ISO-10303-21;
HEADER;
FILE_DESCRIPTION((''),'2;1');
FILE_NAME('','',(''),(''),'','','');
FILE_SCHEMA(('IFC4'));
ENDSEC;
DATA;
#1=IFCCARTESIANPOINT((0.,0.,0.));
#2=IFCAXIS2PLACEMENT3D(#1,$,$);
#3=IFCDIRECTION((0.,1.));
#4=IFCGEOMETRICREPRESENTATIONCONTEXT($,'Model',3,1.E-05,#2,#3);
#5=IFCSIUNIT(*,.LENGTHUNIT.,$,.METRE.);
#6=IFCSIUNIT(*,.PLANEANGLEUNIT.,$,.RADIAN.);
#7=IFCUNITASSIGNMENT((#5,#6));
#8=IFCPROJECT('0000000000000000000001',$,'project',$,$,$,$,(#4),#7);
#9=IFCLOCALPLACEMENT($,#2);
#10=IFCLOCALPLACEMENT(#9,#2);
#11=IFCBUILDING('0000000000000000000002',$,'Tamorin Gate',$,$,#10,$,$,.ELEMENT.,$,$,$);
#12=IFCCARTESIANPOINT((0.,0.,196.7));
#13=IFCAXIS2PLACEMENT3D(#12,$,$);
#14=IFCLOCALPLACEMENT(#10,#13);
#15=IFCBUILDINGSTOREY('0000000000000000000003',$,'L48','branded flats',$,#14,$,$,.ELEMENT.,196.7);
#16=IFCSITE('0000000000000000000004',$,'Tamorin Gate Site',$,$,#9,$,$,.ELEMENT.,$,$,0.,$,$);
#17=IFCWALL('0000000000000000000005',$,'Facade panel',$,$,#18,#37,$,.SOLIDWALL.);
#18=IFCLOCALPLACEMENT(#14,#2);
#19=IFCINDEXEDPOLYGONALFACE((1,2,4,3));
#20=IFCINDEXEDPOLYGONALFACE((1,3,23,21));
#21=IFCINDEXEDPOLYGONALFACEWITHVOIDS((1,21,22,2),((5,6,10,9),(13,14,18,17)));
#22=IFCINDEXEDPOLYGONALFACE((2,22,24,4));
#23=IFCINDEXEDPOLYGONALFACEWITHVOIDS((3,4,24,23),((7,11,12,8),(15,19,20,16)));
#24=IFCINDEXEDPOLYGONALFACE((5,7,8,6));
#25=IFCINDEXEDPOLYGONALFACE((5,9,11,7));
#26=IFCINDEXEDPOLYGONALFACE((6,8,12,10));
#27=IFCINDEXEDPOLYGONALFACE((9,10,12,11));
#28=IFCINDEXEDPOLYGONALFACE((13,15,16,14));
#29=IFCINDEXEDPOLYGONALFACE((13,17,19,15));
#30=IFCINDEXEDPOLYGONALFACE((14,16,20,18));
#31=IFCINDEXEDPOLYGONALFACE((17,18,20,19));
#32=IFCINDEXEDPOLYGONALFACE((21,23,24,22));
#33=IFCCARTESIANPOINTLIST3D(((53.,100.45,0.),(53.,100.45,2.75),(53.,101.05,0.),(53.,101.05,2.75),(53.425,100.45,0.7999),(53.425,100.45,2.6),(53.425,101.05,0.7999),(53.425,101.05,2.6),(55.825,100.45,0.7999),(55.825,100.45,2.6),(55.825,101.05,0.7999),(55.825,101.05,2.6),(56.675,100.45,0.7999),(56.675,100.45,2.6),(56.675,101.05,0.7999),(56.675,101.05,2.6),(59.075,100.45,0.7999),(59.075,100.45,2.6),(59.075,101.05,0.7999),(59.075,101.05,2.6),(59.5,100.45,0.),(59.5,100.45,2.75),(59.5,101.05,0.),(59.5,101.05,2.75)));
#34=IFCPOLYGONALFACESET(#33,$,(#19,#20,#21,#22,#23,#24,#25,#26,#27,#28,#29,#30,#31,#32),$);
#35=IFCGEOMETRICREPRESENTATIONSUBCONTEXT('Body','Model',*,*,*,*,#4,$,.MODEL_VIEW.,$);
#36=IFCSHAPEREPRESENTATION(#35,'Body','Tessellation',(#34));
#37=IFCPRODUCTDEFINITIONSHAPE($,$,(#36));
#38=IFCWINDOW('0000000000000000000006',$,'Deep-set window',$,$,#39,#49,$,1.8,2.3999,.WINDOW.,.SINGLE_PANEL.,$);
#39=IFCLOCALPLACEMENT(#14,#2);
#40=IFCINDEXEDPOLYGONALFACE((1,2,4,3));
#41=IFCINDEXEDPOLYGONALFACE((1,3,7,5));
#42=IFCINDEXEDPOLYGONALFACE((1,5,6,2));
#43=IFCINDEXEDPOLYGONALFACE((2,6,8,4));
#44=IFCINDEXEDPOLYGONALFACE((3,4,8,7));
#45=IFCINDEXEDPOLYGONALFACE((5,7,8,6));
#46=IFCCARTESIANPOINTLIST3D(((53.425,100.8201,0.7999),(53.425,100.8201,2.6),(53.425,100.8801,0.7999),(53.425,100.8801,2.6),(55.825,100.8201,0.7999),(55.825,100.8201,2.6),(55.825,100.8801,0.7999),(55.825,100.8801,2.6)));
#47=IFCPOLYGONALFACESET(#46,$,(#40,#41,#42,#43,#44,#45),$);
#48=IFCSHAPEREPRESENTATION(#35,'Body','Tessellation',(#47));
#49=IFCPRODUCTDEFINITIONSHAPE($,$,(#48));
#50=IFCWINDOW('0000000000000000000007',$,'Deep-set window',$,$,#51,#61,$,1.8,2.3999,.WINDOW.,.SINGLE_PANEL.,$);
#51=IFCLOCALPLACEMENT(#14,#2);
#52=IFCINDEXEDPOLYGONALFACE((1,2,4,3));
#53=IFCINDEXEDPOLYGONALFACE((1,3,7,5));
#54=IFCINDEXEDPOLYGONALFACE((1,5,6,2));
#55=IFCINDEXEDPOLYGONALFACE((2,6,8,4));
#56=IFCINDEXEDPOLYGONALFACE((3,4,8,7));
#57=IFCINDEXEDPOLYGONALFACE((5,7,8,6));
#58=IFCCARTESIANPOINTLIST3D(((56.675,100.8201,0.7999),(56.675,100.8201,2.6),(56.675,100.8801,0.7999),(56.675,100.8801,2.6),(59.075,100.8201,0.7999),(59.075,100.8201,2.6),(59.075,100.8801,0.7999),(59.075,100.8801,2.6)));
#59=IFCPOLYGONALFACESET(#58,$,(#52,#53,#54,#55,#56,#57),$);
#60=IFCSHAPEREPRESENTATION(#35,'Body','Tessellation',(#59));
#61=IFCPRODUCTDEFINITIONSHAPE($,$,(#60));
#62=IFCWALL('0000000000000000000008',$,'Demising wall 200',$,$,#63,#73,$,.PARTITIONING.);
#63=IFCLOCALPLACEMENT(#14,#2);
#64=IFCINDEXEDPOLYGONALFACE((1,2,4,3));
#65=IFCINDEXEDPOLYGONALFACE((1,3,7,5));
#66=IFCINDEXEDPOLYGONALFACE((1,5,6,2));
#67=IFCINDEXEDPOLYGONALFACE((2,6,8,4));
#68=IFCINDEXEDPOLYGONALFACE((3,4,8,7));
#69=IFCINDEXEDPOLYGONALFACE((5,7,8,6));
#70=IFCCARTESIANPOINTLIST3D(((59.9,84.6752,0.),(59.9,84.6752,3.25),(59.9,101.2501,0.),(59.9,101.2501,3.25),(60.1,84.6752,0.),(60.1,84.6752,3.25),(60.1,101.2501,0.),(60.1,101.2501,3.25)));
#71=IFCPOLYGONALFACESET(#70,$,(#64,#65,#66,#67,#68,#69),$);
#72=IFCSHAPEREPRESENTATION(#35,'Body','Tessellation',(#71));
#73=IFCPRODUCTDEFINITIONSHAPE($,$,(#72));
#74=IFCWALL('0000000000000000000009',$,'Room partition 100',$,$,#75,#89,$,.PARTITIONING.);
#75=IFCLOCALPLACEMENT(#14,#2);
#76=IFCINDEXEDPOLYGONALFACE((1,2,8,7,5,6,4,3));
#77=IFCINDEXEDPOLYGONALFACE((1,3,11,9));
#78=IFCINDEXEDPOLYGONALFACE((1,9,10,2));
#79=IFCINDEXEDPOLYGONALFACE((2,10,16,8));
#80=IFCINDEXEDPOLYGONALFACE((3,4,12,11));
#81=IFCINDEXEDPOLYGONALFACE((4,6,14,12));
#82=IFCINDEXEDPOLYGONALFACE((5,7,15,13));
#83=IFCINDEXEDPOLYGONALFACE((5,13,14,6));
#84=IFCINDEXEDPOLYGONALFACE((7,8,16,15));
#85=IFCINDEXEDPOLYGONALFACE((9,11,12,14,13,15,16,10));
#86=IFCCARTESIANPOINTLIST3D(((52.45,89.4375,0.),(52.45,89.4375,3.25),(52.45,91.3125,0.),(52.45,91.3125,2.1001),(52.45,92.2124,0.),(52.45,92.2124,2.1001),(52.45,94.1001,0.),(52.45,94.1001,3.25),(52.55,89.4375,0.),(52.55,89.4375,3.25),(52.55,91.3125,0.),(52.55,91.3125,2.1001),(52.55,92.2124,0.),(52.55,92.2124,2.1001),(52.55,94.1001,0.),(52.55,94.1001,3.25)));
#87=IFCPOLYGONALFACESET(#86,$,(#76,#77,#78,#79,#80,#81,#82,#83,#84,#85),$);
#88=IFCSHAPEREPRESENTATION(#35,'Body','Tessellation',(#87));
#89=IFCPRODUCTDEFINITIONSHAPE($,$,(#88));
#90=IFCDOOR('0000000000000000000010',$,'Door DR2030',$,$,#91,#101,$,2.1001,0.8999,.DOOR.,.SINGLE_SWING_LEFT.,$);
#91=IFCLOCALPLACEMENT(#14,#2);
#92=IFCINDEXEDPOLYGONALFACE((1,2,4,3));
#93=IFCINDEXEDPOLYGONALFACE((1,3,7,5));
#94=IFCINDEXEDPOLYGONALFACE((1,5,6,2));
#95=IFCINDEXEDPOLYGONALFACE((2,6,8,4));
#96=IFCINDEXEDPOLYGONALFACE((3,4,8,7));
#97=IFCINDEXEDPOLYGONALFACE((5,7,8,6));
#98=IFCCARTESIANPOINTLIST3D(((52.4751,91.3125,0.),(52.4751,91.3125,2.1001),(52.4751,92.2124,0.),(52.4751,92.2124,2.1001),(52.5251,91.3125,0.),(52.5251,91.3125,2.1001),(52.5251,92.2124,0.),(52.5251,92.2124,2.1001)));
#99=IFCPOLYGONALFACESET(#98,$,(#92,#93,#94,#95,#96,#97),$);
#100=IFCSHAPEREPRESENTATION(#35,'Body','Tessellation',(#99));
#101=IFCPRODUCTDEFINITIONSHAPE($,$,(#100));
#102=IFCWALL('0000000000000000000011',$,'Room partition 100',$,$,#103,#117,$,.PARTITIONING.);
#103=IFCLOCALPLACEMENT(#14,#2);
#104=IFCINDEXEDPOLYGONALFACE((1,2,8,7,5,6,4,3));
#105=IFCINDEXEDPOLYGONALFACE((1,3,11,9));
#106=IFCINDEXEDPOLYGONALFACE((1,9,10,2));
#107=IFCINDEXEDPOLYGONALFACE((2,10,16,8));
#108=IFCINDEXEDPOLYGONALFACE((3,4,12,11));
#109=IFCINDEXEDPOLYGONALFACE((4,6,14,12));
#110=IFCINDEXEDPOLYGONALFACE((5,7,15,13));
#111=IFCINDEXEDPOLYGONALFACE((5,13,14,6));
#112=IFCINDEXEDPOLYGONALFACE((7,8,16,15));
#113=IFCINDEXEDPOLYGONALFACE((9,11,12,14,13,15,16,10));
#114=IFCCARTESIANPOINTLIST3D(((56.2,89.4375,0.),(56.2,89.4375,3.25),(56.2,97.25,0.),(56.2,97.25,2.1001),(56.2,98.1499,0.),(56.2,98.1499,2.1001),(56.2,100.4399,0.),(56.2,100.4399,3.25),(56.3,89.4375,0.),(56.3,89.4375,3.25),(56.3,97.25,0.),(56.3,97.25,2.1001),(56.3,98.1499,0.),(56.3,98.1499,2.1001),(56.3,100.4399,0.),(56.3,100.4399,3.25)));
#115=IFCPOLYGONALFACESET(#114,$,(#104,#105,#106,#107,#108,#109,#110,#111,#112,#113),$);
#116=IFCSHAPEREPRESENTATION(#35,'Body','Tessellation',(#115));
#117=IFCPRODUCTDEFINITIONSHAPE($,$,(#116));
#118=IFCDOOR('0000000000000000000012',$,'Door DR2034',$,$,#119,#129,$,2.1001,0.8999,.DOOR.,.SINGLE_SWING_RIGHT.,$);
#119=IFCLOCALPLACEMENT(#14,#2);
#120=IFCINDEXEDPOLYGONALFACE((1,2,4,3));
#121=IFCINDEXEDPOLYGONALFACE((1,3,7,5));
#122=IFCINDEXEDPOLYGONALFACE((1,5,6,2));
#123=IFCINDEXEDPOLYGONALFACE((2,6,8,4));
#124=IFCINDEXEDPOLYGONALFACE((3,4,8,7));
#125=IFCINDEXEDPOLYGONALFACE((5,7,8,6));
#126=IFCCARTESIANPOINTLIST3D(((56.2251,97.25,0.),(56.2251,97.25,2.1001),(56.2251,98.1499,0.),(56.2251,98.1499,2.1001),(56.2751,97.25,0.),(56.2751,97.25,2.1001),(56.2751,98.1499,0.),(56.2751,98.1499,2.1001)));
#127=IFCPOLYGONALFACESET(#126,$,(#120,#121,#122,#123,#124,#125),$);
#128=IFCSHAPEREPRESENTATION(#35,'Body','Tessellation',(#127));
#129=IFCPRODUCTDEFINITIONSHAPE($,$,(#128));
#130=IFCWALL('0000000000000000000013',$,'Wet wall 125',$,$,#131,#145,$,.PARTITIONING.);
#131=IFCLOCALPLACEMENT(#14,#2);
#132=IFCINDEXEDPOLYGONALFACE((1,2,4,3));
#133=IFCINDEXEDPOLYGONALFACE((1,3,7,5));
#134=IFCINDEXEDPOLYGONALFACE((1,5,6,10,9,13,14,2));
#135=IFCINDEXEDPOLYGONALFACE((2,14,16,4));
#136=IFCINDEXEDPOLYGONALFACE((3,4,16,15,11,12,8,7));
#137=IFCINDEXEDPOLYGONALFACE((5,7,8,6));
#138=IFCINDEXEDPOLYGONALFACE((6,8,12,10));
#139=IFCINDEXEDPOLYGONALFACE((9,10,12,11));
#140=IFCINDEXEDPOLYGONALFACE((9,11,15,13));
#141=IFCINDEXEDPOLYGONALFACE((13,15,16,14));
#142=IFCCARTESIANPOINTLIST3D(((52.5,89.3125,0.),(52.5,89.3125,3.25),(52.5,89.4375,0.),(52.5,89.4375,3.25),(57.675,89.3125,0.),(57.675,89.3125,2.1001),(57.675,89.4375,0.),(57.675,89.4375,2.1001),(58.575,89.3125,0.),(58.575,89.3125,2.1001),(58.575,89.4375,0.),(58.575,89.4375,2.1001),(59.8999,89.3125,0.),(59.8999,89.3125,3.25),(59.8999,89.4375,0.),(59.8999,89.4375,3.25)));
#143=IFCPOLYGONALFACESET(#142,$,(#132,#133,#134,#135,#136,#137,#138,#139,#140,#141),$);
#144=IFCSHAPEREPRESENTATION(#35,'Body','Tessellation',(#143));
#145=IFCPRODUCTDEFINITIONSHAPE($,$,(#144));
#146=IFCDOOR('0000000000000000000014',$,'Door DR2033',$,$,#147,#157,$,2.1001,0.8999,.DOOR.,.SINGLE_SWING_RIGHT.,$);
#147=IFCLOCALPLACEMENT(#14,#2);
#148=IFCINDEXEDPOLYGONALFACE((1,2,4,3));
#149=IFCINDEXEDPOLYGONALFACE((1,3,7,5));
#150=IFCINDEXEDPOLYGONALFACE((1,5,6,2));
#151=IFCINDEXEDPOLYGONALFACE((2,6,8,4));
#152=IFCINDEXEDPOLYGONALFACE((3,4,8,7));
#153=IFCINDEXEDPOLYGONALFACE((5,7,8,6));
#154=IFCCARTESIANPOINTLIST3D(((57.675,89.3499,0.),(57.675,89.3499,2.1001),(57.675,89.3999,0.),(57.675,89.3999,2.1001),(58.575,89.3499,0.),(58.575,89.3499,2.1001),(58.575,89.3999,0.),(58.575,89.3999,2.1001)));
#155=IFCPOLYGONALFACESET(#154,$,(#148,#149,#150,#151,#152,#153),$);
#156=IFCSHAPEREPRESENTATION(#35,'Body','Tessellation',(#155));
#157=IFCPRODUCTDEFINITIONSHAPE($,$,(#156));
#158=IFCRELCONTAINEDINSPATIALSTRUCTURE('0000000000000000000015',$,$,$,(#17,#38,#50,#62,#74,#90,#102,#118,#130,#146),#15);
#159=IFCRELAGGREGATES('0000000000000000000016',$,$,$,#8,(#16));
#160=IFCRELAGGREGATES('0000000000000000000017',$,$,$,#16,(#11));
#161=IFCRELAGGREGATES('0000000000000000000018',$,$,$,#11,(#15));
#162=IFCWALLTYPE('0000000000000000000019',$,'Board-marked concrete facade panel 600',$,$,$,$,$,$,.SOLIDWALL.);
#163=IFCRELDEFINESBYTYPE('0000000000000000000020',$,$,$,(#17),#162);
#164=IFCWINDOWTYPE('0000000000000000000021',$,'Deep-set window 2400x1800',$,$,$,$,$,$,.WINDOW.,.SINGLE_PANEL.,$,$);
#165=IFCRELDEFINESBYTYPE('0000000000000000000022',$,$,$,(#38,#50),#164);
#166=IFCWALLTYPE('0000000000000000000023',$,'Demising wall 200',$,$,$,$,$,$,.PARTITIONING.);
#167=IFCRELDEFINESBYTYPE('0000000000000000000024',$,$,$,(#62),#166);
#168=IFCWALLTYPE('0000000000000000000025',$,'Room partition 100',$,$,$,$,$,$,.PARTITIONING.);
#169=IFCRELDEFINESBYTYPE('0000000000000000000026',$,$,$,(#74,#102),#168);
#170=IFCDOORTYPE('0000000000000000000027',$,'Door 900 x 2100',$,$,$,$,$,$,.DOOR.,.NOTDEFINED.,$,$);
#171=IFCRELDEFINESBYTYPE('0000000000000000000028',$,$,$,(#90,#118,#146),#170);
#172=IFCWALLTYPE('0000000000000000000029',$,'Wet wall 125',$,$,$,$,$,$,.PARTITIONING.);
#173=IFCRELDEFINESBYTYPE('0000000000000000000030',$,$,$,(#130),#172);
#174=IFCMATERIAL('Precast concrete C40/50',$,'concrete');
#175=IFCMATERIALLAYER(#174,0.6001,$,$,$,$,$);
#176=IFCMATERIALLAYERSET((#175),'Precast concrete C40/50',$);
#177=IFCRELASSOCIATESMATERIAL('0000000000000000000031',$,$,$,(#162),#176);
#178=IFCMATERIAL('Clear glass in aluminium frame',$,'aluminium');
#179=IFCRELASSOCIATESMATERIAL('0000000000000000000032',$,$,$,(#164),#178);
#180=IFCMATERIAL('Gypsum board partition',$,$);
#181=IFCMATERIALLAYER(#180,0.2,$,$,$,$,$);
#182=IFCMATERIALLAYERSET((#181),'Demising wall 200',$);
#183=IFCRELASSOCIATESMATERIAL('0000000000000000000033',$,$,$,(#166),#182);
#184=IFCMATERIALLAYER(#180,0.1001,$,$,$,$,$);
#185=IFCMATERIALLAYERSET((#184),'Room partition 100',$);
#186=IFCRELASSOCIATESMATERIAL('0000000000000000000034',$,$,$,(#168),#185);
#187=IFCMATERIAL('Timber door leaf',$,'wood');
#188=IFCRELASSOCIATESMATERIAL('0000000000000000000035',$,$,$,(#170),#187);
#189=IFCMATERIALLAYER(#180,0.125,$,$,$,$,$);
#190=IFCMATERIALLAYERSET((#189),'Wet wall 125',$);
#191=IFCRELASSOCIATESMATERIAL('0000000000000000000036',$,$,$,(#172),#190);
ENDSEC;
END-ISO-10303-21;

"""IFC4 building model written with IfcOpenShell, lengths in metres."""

from ifc_helpers import new_model, si_unit, direction, frame, frame_2d, origin, place, context, subcontext, project, spatial, rectangle, extrude, material, layer, layer_set, type_object, element, fill, save


model = new_model("IFC4")

# Units and contexts
model_context = context("Model", 3, precision=1e-05, world=origin(), true_north=direction((0.0, 1.0)))
body_context = subcontext(model_context, "Body", "Model", "MODEL_VIEW")
ifc_project = project(units=[si_unit("LENGTHUNIT", "METRE"), si_unit("PLANEANGLEUNIT", "RADIAN")], contexts=[model_context])

# Site, building, storey
site_placement = place(None, origin())
site = spatial("IfcSite", under=ifc_project, at=site_placement, Name="Tamorin Gate Site", CompositionType="ELEMENT", RefElevation=0.0)
building_placement = place(site_placement, origin())
building = spatial("IfcBuilding", under=site, at=building_placement, Name="Tamorin Gate", CompositionType="ELEMENT")
storey_placement = place(building_placement, frame((0.0, 0.0, 196.7)))
storey = spatial("IfcBuildingStorey", under=building, at=storey_placement, Name="L48", Description="branded flats", CompositionType="ELEMENT", Elevation=196.7)

# Wall, openings, windows
ifc_material_1 = material(Name="Precast concrete C40/50", Category="concrete")
ifc_layer_1 = layer(ifc_material_1, 0.6001)
ifc_layer_set_1 = layer_set([ifc_layer_1], Name="Precast concrete C40/50")
wall_type_1 = type_object("IfcWallType", Name="Board-marked concrete facade panel 600", PredefinedType="SOLIDWALL", material=ifc_layer_set_1)
ifc_material_2 = material(Name="Clear glass in aluminium frame", Category="aluminium")
window_type = type_object("IfcWindowType", Name="Deep-set window 2400x1800", PartitioningType="SINGLE_PANEL", PredefinedType="WINDOW", material=ifc_material_2)
wall_1_placement = place(storey_placement, frame((59.5, 100.75, 0.0), z_axis=(0.0, 0.0, 1.0), x_axis=(-1.0, 0.0, 0.0)))
wall_1 = element("IfcWall", 1, at=wall_1_placement, inside=storey, type_object=wall_type_1, Name="Facade panel", PredefinedType="SOLIDWALL", context=body_context, shape_type="SweptSolid", body=[
    extrude(rectangle(XDim=6.5, YDim=0.6001, at=frame_2d((3.25, 0.0))), origin(), (0.0, 0.0, 1.0), 2.75),
])
opening_1_placement = place(wall_1_placement, frame((3.675, 0.0, 0.8)))
opening_1 = element("IfcOpeningElement", 2, at=opening_1_placement, cuts=wall_1, PredefinedType="OPENING", context=body_context, shape_type="SweptSolid", body=[
    extrude(rectangle(XDim=2.3999, YDim=1.8, at=frame_2d((1.2, 0.8999))), frame((0.0, 0.3101, 0.0), z_axis=(0.0, -1.0, 0.0), x_axis=(1.0, 0.0, 0.0)), (0.0, 0.0, 1.0), 0.6201),
])
opening_2_placement = place(wall_1_placement, frame((0.425, 0.0, 0.8)))
opening_2 = element("IfcOpeningElement", 3, at=opening_2_placement, cuts=wall_1, PredefinedType="OPENING", context=body_context, shape_type="SweptSolid", body=[
    extrude(rectangle(XDim=2.3999, YDim=1.8, at=frame_2d((1.2, 0.8999))), frame((0.0, 0.3101, 0.0), z_axis=(0.0, -1.0, 0.0), x_axis=(1.0, 0.0, 0.0)), (0.0, 0.0, 1.0), 0.6201),
])
window_1_placement = place(opening_1_placement, origin())
window_1 = element("IfcWindow", 4, at=window_1_placement, inside=storey, type_object=window_type, Name="Deep-set window", OverallHeight=1.8, OverallWidth=2.3999, PartitioningType="SINGLE_PANEL", PredefinedType="WINDOW", context=body_context, shape_type="SweptSolid", body=[
    extrude(rectangle(XDim=2.3999, YDim=1.8, at=frame_2d((1.2, 0.8999))), frame((0.0, -0.0701, 0.0), z_axis=(0.0, -1.0, 0.0), x_axis=(1.0, 0.0, 0.0)), (0.0, 0.0, 1.0), 0.0601),
])
fill(opening_1, window_1)
window_2_placement = place(opening_2_placement, origin())
window_2 = element("IfcWindow", 5, at=window_2_placement, inside=storey, type_object=window_type, Name="Deep-set window", OverallHeight=1.8, OverallWidth=2.3999, PartitioningType="SINGLE_PANEL", PredefinedType="WINDOW", context=body_context, shape_type="SweptSolid", body=[
    extrude(rectangle(XDim=2.3999, YDim=1.8, at=frame_2d((1.2, 0.8999))), frame((0.0, -0.0701, 0.0), z_axis=(0.0, -1.0, 0.0), x_axis=(1.0, 0.0, 0.0)), (0.0, 0.0, 1.0), 0.0601),
])
fill(opening_2, window_2)

# Wall
ifc_material_3 = material(Name="Gypsum board partition")
ifc_layer_2 = layer(ifc_material_3, 0.2)
ifc_layer_set_2 = layer_set([ifc_layer_2], Name="Demising wall 200")
wall_type_2 = type_object("IfcWallType", Name="Demising wall 200", PredefinedType="PARTITIONING", material=ifc_layer_set_2)
wall_2_placement = place(storey_placement, frame((60.0, 84.675, 0.0), z_axis=(0.0, 0.0, 1.0), x_axis=(0.0, 1.0, 0.0)))
element("IfcWall", 6, at=wall_2_placement, inside=storey, type_object=wall_type_2, Name="Demising wall 200", PredefinedType="PARTITIONING", context=body_context, shape_type="SweptSolid", body=[
    extrude(rectangle(XDim=16.575, YDim=0.2, at=frame_2d((8.2876, 0.0))), origin(), (0.0, 0.0, 1.0), 3.25),
])

# Walls, openings, doors
ifc_layer_3 = layer(ifc_material_3, 0.1001)
ifc_layer_set_3 = layer_set([ifc_layer_3], Name="Room partition 100")
wall_type_3 = type_object("IfcWallType", Name="Room partition 100", PredefinedType="PARTITIONING", material=ifc_layer_set_3)
wall_3_placement = place(storey_placement, frame((52.5, 89.4375, 0.0), z_axis=(0.0, 0.0, 1.0), x_axis=(0.0, 1.0, 0.0)))
wall_3 = element("IfcWall", 7, at=wall_3_placement, inside=storey, type_object=wall_type_3, Name="Room partition 100", PredefinedType="PARTITIONING", context=body_context, shape_type="SweptSolid", body=[
    extrude(rectangle(XDim=4.6626, YDim=0.1001, at=frame_2d((2.3313, 0.0))), origin(), (0.0, 0.0, 1.0), 3.25),
])
opening_3_placement = place(wall_3_placement, frame((1.875, 0.0, 0.0)))
opening_3 = element("IfcOpeningElement", 8, at=opening_3_placement, cuts=wall_3, PredefinedType="OPENING", context=body_context, shape_type="SweptSolid", body=[
    extrude(rectangle(XDim=0.8999, YDim=2.1001, at=frame_2d((0.45, 1.05))), frame((0.0, 0.0601, 0.0), z_axis=(0.0, -1.0, 0.0), x_axis=(1.0, 0.0, 0.0)), (0.0, 0.0, 1.0), 0.1201),
])
ifc_material_4 = material(Name="Timber door leaf", Category="wood")
door_type = type_object("IfcDoorType", Name="Door 900 x 2100", OperationType="NOTDEFINED", PredefinedType="DOOR", material=ifc_material_4)
door_1_placement = place(opening_3_placement, origin())
door_1 = element("IfcDoor", 9, at=door_1_placement, inside=storey, type_object=door_type, Name="Door DR2030", OperationType="SINGLE_SWING_LEFT", OverallHeight=2.1001, OverallWidth=0.8999, PredefinedType="DOOR", context=body_context, shape_type="SweptSolid", body=[
    extrude(rectangle(XDim=0.8999, YDim=2.1001, at=frame_2d((0.45, 1.05))), frame((0.0, 0.0249, 0.0), z_axis=(0.0, -1.0, 0.0), x_axis=(1.0, 0.0, 0.0)), (0.0, 0.0, 1.0), 0.05),
])
fill(opening_3, door_1)
wall_4_placement = place(storey_placement, frame((56.25, 89.4375, 0.0), z_axis=(0.0, 0.0, 1.0), x_axis=(0.0, 1.0, 0.0)))
wall_4 = element("IfcWall", 10, at=wall_4_placement, inside=storey, type_object=wall_type_3, Name="Room partition 100", PredefinedType="PARTITIONING", context=body_context, shape_type="SweptSolid", body=[
    extrude(rectangle(XDim=11.0024, YDim=0.1001, at=frame_2d((5.5012, 0.0))), origin(), (0.0, 0.0, 1.0), 3.25),
])
opening_4_placement = place(wall_4_placement, frame((7.8125, 0.0, 0.0)))
opening_4 = element("IfcOpeningElement", 11, at=opening_4_placement, cuts=wall_4, PredefinedType="OPENING", context=body_context, shape_type="SweptSolid", body=[
    extrude(rectangle(XDim=0.8999, YDim=2.1001, at=frame_2d((0.45, 1.05))), frame((0.0, 0.0601, 0.0), z_axis=(0.0, -1.0, 0.0), x_axis=(1.0, 0.0, 0.0)), (0.0, 0.0, 1.0), 0.1201),
])
door_2_placement = place(opening_4_placement, origin())
door_2 = element("IfcDoor", 12, at=door_2_placement, inside=storey, type_object=door_type, Name="Door DR2034", OperationType="SINGLE_SWING_RIGHT", OverallHeight=2.1001, OverallWidth=0.8999, PredefinedType="DOOR", context=body_context, shape_type="SweptSolid", body=[
    extrude(rectangle(XDim=0.8999, YDim=2.1001, at=frame_2d((0.45, 1.05))), frame((0.0, 0.0249, 0.0), z_axis=(0.0, -1.0, 0.0), x_axis=(1.0, 0.0, 0.0)), (0.0, 0.0, 1.0), 0.05),
])
fill(opening_4, door_2)
ifc_layer_4 = layer(ifc_material_3, 0.125)
ifc_layer_set_4 = layer_set([ifc_layer_4], Name="Wet wall 125")
wall_type_4 = type_object("IfcWallType", Name="Wet wall 125", PredefinedType="PARTITIONING", material=ifc_layer_set_4)
wall_5_placement = place(storey_placement, frame((52.5, 89.375, 0.0), z_axis=(0.0, 0.0, 1.0), x_axis=(1.0, 0.0, 0.0)))
wall_5 = element("IfcWall", 13, at=wall_5_placement, inside=storey, type_object=wall_type_4, Name="Wet wall 125", PredefinedType="PARTITIONING", context=body_context, shape_type="SweptSolid", body=[
    extrude(rectangle(XDim=7.3999, YDim=0.125, at=frame_2d((3.7, 0.0))), origin(), (0.0, 0.0, 1.0), 3.25),
])
opening_5_placement = place(wall_5_placement, frame((5.175, 0.0, 0.0)))
opening_5 = element("IfcOpeningElement", 14, at=opening_5_placement, cuts=wall_5, PredefinedType="OPENING", context=body_context, shape_type="SweptSolid", body=[
    extrude(rectangle(XDim=0.8999, YDim=2.1001, at=frame_2d((0.45, 1.05))), frame((0.0, 0.0725, 0.0), z_axis=(0.0, -1.0, 0.0), x_axis=(1.0, 0.0, 0.0)), (0.0, 0.0, 1.0), 0.145),
])
door_3_placement = place(opening_5_placement, origin())
door_3 = element("IfcDoor", 15, at=door_3_placement, inside=storey, type_object=door_type, Name="Door DR2033", OperationType="SINGLE_SWING_RIGHT", OverallHeight=2.1001, OverallWidth=0.8999, PredefinedType="DOOR", context=body_context, shape_type="SweptSolid", body=[
    extrude(rectangle(XDim=0.8999, YDim=2.1001, at=frame_2d((0.45, 1.05))), frame((0.0, 0.0249, 0.0), z_axis=(0.0, -1.0, 0.0), x_axis=(1.0, 0.0, 0.0)), (0.0, 0.0, 1.0), 0.05),
])
fill(opening_5, door_3)

save(model, "model.ifc")
